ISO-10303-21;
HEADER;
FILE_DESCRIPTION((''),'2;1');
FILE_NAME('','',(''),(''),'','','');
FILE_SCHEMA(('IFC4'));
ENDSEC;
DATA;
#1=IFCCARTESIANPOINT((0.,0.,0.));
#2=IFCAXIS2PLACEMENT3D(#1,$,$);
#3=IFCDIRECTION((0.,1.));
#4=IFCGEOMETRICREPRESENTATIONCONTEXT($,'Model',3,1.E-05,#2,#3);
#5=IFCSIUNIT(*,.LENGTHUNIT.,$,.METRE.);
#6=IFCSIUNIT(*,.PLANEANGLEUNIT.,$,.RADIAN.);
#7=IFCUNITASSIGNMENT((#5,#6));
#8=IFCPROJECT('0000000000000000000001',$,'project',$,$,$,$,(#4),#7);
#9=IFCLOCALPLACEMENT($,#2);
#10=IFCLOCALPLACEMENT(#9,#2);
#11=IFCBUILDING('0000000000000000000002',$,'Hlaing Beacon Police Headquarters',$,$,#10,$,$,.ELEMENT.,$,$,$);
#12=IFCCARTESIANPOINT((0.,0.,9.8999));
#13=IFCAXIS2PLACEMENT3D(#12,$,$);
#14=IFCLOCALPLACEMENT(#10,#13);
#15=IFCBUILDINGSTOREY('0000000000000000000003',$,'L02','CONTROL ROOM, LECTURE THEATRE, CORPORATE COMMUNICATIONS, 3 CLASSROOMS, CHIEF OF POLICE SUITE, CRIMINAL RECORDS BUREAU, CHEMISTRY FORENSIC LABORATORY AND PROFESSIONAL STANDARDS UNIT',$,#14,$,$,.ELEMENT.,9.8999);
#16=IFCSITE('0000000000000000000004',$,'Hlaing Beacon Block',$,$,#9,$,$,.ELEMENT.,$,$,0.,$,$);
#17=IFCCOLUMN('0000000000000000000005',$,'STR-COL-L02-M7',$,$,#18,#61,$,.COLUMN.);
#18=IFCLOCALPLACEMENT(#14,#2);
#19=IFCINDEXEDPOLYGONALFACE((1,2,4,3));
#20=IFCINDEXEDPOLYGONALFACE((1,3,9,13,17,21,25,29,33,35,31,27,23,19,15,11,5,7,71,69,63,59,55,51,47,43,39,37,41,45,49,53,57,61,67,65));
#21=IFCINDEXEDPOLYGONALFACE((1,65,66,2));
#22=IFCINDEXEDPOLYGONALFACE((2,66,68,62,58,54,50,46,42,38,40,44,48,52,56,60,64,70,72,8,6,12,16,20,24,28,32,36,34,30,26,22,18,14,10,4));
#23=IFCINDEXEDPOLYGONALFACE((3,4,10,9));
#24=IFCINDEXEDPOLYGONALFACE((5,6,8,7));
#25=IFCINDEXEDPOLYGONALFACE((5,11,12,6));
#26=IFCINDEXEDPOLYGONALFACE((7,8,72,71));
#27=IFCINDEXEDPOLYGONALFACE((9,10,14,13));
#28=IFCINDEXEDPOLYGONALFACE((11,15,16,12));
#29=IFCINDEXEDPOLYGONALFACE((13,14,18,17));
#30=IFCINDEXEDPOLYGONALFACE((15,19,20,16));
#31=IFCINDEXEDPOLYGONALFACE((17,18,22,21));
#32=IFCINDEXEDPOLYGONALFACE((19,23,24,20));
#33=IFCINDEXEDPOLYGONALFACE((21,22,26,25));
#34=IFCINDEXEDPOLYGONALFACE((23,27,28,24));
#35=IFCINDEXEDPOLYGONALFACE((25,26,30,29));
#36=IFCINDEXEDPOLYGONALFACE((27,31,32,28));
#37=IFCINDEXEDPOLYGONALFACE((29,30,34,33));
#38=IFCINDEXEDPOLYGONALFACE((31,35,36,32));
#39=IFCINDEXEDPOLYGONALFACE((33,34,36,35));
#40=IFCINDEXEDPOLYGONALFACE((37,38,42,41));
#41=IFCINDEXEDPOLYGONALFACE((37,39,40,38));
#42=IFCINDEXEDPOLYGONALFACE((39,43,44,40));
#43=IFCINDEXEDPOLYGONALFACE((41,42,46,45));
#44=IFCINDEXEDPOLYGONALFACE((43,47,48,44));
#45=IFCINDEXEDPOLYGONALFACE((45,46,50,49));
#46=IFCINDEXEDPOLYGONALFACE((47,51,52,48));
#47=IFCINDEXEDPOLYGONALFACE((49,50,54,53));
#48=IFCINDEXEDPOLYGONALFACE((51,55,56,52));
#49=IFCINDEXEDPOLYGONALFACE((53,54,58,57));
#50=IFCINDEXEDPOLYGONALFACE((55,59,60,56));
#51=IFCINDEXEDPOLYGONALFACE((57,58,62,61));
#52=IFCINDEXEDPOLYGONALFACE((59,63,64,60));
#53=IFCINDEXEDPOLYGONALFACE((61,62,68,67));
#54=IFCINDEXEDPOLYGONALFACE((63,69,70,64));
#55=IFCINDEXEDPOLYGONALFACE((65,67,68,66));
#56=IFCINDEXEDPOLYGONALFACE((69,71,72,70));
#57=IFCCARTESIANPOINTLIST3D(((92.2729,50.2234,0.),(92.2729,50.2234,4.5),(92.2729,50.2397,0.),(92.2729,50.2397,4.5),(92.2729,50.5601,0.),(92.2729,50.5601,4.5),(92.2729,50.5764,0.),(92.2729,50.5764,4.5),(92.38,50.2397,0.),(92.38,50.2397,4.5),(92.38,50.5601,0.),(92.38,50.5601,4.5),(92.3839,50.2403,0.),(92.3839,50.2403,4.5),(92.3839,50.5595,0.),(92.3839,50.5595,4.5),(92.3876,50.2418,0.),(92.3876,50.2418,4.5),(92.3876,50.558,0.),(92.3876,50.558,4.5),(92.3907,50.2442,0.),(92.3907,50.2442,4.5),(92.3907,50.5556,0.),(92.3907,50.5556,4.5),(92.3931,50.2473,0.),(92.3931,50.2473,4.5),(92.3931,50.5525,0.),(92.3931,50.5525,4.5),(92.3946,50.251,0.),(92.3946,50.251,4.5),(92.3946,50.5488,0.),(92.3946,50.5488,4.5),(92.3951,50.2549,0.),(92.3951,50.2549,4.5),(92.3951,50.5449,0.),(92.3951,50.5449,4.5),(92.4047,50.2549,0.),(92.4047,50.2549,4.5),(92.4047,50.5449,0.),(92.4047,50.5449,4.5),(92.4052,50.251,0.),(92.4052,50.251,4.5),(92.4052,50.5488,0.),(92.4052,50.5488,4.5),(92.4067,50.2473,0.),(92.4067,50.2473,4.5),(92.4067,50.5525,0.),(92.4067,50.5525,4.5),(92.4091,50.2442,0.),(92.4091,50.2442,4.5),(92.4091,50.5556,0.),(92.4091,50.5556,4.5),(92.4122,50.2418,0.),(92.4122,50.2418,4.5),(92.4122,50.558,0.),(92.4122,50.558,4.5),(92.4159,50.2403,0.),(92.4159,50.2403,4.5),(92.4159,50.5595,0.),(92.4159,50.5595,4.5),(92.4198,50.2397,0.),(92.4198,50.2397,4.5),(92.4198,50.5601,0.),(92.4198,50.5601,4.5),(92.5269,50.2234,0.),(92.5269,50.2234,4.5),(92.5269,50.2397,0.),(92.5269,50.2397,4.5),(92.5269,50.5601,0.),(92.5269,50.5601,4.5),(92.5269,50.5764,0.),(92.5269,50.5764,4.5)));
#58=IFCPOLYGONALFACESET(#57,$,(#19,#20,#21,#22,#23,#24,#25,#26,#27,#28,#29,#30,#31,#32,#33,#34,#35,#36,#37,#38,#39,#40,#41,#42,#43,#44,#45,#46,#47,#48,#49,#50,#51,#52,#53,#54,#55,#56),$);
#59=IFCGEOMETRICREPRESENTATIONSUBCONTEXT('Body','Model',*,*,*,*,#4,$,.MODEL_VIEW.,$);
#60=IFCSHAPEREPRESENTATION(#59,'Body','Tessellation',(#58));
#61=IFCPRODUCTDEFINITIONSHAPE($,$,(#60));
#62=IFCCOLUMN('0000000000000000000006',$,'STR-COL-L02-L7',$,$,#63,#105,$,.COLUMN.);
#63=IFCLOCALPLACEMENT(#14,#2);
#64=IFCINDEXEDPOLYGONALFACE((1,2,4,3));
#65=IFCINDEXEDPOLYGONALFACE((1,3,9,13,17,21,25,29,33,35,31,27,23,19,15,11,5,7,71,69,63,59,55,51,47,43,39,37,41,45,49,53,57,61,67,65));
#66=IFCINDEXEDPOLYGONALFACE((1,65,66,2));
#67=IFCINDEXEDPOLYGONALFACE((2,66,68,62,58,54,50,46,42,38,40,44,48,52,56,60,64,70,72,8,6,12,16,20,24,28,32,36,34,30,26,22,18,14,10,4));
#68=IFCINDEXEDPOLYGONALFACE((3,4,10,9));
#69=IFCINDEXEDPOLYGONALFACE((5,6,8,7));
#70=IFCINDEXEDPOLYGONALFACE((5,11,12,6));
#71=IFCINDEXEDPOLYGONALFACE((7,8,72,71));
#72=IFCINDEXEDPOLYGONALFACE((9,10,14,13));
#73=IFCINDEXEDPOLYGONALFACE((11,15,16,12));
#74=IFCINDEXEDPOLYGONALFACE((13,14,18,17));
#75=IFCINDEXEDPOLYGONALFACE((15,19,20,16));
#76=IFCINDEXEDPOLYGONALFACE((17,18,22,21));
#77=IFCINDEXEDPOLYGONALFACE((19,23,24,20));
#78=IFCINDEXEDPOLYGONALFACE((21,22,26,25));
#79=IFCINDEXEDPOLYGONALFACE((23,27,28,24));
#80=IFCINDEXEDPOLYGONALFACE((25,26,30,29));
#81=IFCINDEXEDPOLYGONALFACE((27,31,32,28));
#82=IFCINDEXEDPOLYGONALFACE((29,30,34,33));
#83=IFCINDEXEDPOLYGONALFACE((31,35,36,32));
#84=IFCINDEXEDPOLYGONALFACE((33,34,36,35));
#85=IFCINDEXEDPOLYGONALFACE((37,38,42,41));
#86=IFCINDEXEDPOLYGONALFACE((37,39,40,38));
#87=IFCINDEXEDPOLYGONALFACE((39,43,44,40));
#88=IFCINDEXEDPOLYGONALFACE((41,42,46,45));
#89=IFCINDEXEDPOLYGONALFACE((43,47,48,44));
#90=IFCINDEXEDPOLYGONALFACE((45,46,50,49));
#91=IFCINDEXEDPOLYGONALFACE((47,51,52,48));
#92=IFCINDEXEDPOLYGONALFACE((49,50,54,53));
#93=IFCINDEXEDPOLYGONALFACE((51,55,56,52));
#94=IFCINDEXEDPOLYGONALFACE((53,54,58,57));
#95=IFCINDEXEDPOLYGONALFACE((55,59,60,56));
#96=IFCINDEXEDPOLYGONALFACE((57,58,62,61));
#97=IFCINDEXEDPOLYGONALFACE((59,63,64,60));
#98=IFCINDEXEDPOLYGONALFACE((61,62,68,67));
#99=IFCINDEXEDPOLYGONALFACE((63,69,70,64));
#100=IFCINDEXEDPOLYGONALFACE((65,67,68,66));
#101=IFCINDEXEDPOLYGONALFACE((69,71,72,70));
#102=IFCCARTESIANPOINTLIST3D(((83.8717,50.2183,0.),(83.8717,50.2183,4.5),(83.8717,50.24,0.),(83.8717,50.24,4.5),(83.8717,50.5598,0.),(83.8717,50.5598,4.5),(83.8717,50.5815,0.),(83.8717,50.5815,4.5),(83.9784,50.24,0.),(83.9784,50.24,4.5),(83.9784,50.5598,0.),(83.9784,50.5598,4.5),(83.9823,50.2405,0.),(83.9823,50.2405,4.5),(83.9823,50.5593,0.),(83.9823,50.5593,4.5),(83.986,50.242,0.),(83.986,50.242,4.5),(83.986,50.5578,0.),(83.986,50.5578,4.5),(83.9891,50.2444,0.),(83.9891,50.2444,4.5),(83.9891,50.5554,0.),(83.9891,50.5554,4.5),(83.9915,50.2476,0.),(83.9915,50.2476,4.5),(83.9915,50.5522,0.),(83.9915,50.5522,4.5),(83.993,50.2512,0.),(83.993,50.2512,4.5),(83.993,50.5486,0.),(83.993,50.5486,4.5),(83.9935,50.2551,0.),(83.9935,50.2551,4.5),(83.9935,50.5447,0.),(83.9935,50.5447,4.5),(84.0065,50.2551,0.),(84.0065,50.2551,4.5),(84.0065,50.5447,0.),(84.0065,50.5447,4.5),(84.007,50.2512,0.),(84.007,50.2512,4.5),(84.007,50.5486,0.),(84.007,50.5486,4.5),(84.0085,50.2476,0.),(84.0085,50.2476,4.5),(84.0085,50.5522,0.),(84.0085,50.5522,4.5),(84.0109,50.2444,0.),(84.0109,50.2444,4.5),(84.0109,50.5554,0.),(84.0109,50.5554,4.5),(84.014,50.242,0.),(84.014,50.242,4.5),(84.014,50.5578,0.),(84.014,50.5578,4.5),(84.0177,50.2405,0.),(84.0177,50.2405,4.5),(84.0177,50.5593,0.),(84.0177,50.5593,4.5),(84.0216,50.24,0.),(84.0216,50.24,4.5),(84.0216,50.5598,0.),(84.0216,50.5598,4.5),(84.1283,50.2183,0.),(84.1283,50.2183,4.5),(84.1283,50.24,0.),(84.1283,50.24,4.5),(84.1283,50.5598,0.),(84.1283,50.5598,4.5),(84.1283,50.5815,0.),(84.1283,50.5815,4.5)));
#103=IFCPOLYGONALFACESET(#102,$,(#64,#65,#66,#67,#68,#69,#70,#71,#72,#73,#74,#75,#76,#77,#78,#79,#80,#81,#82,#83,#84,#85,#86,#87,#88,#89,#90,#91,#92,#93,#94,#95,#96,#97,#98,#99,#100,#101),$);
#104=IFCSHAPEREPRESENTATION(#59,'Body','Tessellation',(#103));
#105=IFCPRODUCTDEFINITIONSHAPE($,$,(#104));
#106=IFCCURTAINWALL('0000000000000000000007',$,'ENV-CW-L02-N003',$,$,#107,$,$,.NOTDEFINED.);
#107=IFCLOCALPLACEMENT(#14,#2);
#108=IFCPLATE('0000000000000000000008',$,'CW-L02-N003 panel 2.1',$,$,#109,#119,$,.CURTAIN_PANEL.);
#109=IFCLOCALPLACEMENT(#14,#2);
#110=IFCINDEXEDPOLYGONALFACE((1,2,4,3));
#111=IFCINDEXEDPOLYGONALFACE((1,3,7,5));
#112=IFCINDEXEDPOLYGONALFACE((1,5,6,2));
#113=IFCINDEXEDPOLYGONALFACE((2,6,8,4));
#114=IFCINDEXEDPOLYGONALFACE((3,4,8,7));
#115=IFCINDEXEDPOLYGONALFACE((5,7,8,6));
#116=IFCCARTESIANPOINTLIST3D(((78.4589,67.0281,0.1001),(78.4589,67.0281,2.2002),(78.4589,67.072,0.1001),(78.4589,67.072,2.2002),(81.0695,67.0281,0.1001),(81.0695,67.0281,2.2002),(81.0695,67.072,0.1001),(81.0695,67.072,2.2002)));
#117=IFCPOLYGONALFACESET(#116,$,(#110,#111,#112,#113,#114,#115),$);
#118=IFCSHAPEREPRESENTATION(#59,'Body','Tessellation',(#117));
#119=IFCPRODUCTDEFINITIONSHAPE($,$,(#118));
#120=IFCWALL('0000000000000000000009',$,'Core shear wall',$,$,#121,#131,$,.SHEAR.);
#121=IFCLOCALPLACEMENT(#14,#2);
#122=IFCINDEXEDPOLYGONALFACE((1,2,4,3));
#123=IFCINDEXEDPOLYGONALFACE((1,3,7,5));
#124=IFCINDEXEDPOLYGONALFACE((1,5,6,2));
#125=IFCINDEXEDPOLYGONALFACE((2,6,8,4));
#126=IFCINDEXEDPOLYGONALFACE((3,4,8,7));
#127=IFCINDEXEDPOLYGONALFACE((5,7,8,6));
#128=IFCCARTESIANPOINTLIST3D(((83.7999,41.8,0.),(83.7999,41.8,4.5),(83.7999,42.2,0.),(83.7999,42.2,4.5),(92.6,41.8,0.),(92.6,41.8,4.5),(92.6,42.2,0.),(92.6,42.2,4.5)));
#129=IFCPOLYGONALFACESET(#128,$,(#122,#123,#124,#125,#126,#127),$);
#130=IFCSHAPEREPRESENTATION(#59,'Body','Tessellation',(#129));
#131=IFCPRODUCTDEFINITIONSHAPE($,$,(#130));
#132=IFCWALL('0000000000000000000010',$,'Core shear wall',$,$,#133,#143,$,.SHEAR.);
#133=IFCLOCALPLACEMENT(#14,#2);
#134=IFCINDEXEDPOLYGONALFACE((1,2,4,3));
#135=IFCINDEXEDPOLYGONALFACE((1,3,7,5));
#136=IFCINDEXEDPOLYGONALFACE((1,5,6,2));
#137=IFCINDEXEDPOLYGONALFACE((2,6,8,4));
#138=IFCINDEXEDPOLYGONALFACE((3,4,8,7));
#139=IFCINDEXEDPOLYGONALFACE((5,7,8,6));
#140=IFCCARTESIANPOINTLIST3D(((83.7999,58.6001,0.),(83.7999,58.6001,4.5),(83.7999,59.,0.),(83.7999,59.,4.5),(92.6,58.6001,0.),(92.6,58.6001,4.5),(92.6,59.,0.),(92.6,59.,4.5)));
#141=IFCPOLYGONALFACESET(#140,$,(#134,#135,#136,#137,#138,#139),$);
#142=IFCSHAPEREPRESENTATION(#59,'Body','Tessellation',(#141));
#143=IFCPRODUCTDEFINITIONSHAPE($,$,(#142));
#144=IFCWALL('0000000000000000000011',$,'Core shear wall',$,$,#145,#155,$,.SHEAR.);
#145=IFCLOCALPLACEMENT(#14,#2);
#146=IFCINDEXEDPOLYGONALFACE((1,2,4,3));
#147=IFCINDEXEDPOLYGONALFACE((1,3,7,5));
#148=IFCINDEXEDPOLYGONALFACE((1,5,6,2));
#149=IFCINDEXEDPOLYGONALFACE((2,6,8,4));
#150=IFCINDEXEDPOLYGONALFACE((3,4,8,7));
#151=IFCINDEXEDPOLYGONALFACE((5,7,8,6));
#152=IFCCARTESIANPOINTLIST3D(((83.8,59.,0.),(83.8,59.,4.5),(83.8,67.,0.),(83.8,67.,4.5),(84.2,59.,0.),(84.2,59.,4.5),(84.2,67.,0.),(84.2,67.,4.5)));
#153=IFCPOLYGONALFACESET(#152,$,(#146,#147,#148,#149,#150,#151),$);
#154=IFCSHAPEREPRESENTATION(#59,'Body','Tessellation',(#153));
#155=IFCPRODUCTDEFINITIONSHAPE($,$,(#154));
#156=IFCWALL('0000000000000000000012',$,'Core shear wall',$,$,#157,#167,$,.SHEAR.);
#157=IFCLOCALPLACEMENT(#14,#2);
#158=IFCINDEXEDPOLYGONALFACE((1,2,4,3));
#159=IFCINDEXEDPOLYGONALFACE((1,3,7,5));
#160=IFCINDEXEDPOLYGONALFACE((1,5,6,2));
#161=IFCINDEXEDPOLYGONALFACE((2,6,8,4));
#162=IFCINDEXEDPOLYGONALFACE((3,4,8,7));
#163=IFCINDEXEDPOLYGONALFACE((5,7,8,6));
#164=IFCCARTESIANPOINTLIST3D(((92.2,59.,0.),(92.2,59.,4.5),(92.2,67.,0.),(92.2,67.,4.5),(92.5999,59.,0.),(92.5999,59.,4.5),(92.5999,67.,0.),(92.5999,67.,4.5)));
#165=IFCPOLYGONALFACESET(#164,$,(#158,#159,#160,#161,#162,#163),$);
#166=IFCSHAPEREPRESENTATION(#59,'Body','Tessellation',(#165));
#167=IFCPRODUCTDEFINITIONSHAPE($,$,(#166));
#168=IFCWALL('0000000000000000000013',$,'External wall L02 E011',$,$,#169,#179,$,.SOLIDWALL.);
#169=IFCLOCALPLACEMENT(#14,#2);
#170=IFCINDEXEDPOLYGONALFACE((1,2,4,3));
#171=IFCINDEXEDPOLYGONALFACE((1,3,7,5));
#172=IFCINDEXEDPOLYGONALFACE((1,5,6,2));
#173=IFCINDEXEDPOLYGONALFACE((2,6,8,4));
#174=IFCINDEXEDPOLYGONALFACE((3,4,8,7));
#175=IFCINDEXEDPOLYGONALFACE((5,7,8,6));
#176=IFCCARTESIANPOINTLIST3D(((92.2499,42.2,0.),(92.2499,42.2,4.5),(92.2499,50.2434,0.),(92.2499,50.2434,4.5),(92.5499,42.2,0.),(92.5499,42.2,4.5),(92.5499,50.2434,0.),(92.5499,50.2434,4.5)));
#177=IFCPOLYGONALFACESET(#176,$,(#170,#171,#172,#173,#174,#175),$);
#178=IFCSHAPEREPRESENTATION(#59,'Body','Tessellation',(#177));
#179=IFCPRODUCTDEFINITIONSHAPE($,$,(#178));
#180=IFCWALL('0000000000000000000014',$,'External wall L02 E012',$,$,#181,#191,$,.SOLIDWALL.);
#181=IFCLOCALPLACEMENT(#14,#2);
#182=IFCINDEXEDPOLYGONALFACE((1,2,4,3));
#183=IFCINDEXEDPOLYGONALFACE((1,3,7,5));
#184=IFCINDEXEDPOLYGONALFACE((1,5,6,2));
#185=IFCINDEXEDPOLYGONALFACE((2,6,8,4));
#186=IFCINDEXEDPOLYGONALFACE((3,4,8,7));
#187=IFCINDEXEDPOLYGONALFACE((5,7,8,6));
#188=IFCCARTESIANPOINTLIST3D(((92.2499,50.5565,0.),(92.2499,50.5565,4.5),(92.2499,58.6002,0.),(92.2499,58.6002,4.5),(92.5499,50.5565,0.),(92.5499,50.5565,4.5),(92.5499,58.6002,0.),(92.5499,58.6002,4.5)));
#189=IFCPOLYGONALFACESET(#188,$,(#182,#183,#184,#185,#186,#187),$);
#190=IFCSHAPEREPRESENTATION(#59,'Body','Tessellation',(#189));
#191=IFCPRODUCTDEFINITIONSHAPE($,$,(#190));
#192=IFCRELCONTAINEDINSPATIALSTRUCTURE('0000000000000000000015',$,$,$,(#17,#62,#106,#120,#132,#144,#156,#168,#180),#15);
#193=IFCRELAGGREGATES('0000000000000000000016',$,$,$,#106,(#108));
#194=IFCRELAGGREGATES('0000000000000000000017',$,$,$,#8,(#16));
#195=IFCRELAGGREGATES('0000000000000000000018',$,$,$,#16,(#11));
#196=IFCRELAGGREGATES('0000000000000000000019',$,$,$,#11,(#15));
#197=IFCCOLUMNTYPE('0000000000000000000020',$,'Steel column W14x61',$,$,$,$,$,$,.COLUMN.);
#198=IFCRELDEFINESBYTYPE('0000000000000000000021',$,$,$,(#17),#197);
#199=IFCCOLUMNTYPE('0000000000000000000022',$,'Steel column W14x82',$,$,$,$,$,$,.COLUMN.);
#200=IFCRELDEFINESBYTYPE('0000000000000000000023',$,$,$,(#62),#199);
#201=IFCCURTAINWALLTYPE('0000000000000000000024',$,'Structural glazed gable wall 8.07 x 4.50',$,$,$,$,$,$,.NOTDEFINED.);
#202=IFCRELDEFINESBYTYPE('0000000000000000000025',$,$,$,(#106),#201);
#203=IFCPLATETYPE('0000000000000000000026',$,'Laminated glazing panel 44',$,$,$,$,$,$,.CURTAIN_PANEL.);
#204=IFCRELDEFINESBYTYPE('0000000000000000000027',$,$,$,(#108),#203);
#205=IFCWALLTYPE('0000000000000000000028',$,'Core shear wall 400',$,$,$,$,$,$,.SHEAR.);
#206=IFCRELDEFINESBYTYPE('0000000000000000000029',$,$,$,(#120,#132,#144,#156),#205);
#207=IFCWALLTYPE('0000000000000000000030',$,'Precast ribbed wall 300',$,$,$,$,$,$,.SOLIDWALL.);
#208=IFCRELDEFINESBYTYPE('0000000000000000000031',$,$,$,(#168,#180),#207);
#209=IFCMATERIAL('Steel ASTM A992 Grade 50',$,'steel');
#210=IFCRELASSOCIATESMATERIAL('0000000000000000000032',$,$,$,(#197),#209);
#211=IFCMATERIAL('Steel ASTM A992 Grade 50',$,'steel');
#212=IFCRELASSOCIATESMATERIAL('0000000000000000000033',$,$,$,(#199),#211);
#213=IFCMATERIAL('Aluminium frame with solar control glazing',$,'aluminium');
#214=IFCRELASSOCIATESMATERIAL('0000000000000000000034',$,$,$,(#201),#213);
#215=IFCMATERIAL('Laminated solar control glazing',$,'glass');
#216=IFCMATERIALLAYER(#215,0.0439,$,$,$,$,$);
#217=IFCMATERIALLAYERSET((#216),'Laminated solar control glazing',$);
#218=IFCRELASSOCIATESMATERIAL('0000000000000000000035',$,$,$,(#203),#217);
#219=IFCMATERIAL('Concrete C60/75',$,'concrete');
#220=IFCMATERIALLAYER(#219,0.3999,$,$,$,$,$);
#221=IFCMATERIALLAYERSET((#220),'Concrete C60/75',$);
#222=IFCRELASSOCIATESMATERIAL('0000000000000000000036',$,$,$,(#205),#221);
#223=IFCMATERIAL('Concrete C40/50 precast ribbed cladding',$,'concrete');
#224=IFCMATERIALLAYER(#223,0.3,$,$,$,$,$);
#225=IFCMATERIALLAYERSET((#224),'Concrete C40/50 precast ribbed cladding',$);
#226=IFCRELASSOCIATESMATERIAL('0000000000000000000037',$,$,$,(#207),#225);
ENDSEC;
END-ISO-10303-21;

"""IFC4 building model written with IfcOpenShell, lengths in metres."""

from ifc_helpers import new_model, si_unit, direction, frame, frame_2d, origin, origin_2d, place, context, subcontext, project, spatial, rectangle, i_section, extrude, material, layer, layer_set, material_profile, profile_set, type_object, element, aggregate, save


model = new_model("IFC4")

# Units and contexts
model_context = context("Model", 3, precision=1e-05, world=origin(), true_north=direction((0.0, 1.0)))
body_context = subcontext(model_context, "Body", "Model", "MODEL_VIEW")
ifc_project = project(units=[si_unit("LENGTHUNIT", "METRE"), si_unit("PLANEANGLEUNIT", "RADIAN")], contexts=[model_context])

# Site, building, storey
site_placement = place(None, origin())
site = spatial("IfcSite", under=ifc_project, at=site_placement, Name="Hlaing Beacon Block", CompositionType="ELEMENT", RefElevation=0.0)
building_placement = place(site_placement, origin())
building = spatial("IfcBuilding", under=site, at=building_placement, Name="Hlaing Beacon Police Headquarters", CompositionType="ELEMENT")
storey_placement = place(building_placement, frame((0.0, 0.0, 9.8999)))
storey = spatial("IfcBuildingStorey", under=building, at=storey_placement, Name="L02", Description="CONTROL ROOM, LECTURE THEATRE, CORPORATE COMMUNICATIONS, 3 CLASSROOMS, CHIEF OF POLICE SUITE, CRIMINAL RECORDS BUREAU, CHEMISTRY FORENSIC LABORATORY AND PROFESSIONAL STANDARDS UNIT", CompositionType="ELEMENT", Elevation=9.8999)

# Columns
ifc_material_1 = material(Name="Steel ASTM A992 Grade 50", Category="steel")
ifc_material_profile_1 = material_profile(ifc_material_1, i_section(OverallWidth=0.2539, OverallDepth=0.353, WebThickness=0.0095, FlangeThickness=0.0164, FilletRadius=0.0151, at=origin_2d()), Name="W14x61")
ifc_profile_set_1 = profile_set([ifc_material_profile_1], Name="Steel ASTM A992 Grade 50")
column_type_1 = type_object("IfcColumnType", Name="Steel column W14x61", PredefinedType="COLUMN", material=ifc_profile_set_1)
column_1_placement = place(storey_placement, frame((92.3999, 50.3999, 0.0), z_axis=(0.0, 0.0, 1.0), x_axis=(1.0, 0.0, 0.0)))
element("IfcColumn", 1, at=column_1_placement, inside=storey, type_object=column_type_1, Name="STR-COL-L02-M7", PredefinedType="COLUMN", context=body_context, shape_type="SweptSolid", body=[
    extrude(i_section(OverallWidth=0.2539, OverallDepth=0.353, WebThickness=0.0095, FlangeThickness=0.0164, FilletRadius=0.0151, at=origin_2d()), origin(), (0.0, 0.0, 1.0), 4.5),
])
ifc_material_2 = material(Name="Steel ASTM A992 Grade 50", Category="steel")
ifc_material_profile_2 = material_profile(ifc_material_2, i_section(OverallWidth=0.2566, OverallDepth=0.3633, WebThickness=0.0129, FlangeThickness=0.0217, FilletRadius=0.0151, at=origin_2d()), Name="W14x82")
ifc_profile_set_2 = profile_set([ifc_material_profile_2], Name="Steel ASTM A992 Grade 50")
column_type_2 = type_object("IfcColumnType", Name="Steel column W14x82", PredefinedType="COLUMN", material=ifc_profile_set_2)
column_2_placement = place(storey_placement, frame((84.0, 50.3999, 0.0), z_axis=(0.0, 0.0, 1.0), x_axis=(1.0, 0.0, 0.0)))
element("IfcColumn", 2, at=column_2_placement, inside=storey, type_object=column_type_2, Name="STR-COL-L02-L7", PredefinedType="COLUMN", context=body_context, shape_type="SweptSolid", body=[
    extrude(i_section(OverallWidth=0.2566, OverallDepth=0.3633, WebThickness=0.0129, FlangeThickness=0.0217, FilletRadius=0.0151, at=origin_2d()), origin(), (0.0, 0.0, 1.0), 4.5),
])

# Curtain wall, plate
ifc_material_3 = material(Name="Aluminium frame with solar control glazing", Category="aluminium")
curtain_wall_type = type_object("IfcCurtainWallType", Name="Structural glazed gable wall 8.07 x 4.50", PredefinedType="NOTDEFINED", material=ifc_material_3)
curtain_wall_placement = place(storey_placement, origin())
curtain_wall = element("IfcCurtainWall", 3, at=curtain_wall_placement, inside=storey, type_object=curtain_wall_type, Name="ENV-CW-L02-N003", PredefinedType="NOTDEFINED")
ifc_material_4 = material(Name="Laminated solar control glazing", Category="glass")
ifc_layer_1 = layer(ifc_material_4, 0.0439)
ifc_layer_set_1 = layer_set([ifc_layer_1], Name="Laminated solar control glazing")
plate_type = type_object("IfcPlateType", Name="Laminated glazing panel 44", PredefinedType="CURTAIN_PANEL", material=ifc_layer_set_1)
plate_placement = place(storey_placement, frame((79.7642, 67.05, 0.1001), z_axis=(0.0, 0.0, 1.0), x_axis=(-1.0, 0.0, 0.0)))
plate = element("IfcPlate", 4, at=plate_placement, type_object=plate_type, Name="CW-L02-N003 panel 2.1", PredefinedType="CURTAIN_PANEL", context=body_context, shape_type="SweptSolid", body=[
    extrude(rectangle(XDim=2.6106, YDim=0.0439, at=origin_2d()), origin(), (0.0, 0.0, 1.0), 2.1001),
])
aggregate(curtain_wall, [plate])

# Walls
ifc_material_5 = material(Name="Concrete C60/75", Category="concrete")
ifc_layer_2 = layer(ifc_material_5, 0.3999)
ifc_layer_set_2 = layer_set([ifc_layer_2], Name="Concrete C60/75")
wall_type_1 = type_object("IfcWallType", Name="Core shear wall 400", PredefinedType="SHEAR", material=ifc_layer_set_2)
for number, where, z_axis, x_axis, name in (
    (5, (83.8, 42.0, 0.0), (0.0, 0.0, 1.0), (1.0, 0.0, 0.0), "Core shear wall"),
    (6, (83.8, 58.8, 0.0), (0.0, 0.0, 1.0), (1.0, 0.0, 0.0), "Core shear wall"),
):
    element("IfcWall", number, at=place(storey_placement, frame(where, z_axis=z_axis, x_axis=x_axis)), inside=storey, type_object=wall_type_1, Name=name, PredefinedType="SHEAR", context=body_context, shape_type="SweptSolid", body=[
        extrude(rectangle(XDim=8.8, YDim=0.3999, at=frame_2d((4.3999, 0.0))), origin(), (0.0, 0.0, 1.0), 4.5),
    ])
for number, where, z_axis, x_axis, name in (
    (7, (84.0, 59.0, 0.0), (0.0, 0.0, 1.0), (0.0, 1.0, 0.0), "Core shear wall"),
    (8, (92.3999, 59.0, 0.0), (0.0, 0.0, 1.0), (0.0, 1.0, 0.0), "Core shear wall"),
):
    element("IfcWall", number, at=place(storey_placement, frame(where, z_axis=z_axis, x_axis=x_axis)), inside=storey, type_object=wall_type_1, Name=name, PredefinedType="SHEAR", context=body_context, shape_type="SweptSolid", body=[
        extrude(rectangle(XDim=8.0, YDim=0.3999, at=frame_2d((4.0, 0.0))), origin(), (0.0, 0.0, 1.0), 4.5),
    ])
ifc_material_6 = material(Name="Concrete C40/50 precast ribbed cladding", Category="concrete")
ifc_layer_3 = layer(ifc_material_6, 0.3)
ifc_layer_set_3 = layer_set([ifc_layer_3], Name="Concrete C40/50 precast ribbed cladding")
wall_type_2 = type_object("IfcWallType", Name="Precast ribbed wall 300", PredefinedType="SOLIDWALL", material=ifc_layer_set_3)
wall_1_placement = place(storey_placement, frame((92.3999, 42.2, 0.0), z_axis=(0.0, 0.0, 1.0), x_axis=(0.0, 1.0, 0.0)))
element("IfcWall", 9, at=wall_1_placement, inside=storey, type_object=wall_type_2, Name="External wall L02 E011", PredefinedType="SOLIDWALL", context=body_context, shape_type="SweptSolid", body=[
    extrude(rectangle(XDim=8.0435, YDim=0.3, at=frame_2d((4.0217, 0.0))), origin(), (0.0, 0.0, 1.0), 4.5),
])
wall_2_placement = place(storey_placement, frame((92.3999, 50.5564, 0.0), z_axis=(0.0, 0.0, 1.0), x_axis=(0.0, 1.0, 0.0)))
element("IfcWall", 10, at=wall_2_placement, inside=storey, type_object=wall_type_2, Name="External wall L02 E012", PredefinedType="SOLIDWALL", context=body_context, shape_type="SweptSolid", body=[
    extrude(rectangle(XDim=8.0437, YDim=0.3, at=frame_2d((4.022, 0.0))), origin(), (0.0, 0.0, 1.0), 4.5),
])

save(model, "model.ifc")
